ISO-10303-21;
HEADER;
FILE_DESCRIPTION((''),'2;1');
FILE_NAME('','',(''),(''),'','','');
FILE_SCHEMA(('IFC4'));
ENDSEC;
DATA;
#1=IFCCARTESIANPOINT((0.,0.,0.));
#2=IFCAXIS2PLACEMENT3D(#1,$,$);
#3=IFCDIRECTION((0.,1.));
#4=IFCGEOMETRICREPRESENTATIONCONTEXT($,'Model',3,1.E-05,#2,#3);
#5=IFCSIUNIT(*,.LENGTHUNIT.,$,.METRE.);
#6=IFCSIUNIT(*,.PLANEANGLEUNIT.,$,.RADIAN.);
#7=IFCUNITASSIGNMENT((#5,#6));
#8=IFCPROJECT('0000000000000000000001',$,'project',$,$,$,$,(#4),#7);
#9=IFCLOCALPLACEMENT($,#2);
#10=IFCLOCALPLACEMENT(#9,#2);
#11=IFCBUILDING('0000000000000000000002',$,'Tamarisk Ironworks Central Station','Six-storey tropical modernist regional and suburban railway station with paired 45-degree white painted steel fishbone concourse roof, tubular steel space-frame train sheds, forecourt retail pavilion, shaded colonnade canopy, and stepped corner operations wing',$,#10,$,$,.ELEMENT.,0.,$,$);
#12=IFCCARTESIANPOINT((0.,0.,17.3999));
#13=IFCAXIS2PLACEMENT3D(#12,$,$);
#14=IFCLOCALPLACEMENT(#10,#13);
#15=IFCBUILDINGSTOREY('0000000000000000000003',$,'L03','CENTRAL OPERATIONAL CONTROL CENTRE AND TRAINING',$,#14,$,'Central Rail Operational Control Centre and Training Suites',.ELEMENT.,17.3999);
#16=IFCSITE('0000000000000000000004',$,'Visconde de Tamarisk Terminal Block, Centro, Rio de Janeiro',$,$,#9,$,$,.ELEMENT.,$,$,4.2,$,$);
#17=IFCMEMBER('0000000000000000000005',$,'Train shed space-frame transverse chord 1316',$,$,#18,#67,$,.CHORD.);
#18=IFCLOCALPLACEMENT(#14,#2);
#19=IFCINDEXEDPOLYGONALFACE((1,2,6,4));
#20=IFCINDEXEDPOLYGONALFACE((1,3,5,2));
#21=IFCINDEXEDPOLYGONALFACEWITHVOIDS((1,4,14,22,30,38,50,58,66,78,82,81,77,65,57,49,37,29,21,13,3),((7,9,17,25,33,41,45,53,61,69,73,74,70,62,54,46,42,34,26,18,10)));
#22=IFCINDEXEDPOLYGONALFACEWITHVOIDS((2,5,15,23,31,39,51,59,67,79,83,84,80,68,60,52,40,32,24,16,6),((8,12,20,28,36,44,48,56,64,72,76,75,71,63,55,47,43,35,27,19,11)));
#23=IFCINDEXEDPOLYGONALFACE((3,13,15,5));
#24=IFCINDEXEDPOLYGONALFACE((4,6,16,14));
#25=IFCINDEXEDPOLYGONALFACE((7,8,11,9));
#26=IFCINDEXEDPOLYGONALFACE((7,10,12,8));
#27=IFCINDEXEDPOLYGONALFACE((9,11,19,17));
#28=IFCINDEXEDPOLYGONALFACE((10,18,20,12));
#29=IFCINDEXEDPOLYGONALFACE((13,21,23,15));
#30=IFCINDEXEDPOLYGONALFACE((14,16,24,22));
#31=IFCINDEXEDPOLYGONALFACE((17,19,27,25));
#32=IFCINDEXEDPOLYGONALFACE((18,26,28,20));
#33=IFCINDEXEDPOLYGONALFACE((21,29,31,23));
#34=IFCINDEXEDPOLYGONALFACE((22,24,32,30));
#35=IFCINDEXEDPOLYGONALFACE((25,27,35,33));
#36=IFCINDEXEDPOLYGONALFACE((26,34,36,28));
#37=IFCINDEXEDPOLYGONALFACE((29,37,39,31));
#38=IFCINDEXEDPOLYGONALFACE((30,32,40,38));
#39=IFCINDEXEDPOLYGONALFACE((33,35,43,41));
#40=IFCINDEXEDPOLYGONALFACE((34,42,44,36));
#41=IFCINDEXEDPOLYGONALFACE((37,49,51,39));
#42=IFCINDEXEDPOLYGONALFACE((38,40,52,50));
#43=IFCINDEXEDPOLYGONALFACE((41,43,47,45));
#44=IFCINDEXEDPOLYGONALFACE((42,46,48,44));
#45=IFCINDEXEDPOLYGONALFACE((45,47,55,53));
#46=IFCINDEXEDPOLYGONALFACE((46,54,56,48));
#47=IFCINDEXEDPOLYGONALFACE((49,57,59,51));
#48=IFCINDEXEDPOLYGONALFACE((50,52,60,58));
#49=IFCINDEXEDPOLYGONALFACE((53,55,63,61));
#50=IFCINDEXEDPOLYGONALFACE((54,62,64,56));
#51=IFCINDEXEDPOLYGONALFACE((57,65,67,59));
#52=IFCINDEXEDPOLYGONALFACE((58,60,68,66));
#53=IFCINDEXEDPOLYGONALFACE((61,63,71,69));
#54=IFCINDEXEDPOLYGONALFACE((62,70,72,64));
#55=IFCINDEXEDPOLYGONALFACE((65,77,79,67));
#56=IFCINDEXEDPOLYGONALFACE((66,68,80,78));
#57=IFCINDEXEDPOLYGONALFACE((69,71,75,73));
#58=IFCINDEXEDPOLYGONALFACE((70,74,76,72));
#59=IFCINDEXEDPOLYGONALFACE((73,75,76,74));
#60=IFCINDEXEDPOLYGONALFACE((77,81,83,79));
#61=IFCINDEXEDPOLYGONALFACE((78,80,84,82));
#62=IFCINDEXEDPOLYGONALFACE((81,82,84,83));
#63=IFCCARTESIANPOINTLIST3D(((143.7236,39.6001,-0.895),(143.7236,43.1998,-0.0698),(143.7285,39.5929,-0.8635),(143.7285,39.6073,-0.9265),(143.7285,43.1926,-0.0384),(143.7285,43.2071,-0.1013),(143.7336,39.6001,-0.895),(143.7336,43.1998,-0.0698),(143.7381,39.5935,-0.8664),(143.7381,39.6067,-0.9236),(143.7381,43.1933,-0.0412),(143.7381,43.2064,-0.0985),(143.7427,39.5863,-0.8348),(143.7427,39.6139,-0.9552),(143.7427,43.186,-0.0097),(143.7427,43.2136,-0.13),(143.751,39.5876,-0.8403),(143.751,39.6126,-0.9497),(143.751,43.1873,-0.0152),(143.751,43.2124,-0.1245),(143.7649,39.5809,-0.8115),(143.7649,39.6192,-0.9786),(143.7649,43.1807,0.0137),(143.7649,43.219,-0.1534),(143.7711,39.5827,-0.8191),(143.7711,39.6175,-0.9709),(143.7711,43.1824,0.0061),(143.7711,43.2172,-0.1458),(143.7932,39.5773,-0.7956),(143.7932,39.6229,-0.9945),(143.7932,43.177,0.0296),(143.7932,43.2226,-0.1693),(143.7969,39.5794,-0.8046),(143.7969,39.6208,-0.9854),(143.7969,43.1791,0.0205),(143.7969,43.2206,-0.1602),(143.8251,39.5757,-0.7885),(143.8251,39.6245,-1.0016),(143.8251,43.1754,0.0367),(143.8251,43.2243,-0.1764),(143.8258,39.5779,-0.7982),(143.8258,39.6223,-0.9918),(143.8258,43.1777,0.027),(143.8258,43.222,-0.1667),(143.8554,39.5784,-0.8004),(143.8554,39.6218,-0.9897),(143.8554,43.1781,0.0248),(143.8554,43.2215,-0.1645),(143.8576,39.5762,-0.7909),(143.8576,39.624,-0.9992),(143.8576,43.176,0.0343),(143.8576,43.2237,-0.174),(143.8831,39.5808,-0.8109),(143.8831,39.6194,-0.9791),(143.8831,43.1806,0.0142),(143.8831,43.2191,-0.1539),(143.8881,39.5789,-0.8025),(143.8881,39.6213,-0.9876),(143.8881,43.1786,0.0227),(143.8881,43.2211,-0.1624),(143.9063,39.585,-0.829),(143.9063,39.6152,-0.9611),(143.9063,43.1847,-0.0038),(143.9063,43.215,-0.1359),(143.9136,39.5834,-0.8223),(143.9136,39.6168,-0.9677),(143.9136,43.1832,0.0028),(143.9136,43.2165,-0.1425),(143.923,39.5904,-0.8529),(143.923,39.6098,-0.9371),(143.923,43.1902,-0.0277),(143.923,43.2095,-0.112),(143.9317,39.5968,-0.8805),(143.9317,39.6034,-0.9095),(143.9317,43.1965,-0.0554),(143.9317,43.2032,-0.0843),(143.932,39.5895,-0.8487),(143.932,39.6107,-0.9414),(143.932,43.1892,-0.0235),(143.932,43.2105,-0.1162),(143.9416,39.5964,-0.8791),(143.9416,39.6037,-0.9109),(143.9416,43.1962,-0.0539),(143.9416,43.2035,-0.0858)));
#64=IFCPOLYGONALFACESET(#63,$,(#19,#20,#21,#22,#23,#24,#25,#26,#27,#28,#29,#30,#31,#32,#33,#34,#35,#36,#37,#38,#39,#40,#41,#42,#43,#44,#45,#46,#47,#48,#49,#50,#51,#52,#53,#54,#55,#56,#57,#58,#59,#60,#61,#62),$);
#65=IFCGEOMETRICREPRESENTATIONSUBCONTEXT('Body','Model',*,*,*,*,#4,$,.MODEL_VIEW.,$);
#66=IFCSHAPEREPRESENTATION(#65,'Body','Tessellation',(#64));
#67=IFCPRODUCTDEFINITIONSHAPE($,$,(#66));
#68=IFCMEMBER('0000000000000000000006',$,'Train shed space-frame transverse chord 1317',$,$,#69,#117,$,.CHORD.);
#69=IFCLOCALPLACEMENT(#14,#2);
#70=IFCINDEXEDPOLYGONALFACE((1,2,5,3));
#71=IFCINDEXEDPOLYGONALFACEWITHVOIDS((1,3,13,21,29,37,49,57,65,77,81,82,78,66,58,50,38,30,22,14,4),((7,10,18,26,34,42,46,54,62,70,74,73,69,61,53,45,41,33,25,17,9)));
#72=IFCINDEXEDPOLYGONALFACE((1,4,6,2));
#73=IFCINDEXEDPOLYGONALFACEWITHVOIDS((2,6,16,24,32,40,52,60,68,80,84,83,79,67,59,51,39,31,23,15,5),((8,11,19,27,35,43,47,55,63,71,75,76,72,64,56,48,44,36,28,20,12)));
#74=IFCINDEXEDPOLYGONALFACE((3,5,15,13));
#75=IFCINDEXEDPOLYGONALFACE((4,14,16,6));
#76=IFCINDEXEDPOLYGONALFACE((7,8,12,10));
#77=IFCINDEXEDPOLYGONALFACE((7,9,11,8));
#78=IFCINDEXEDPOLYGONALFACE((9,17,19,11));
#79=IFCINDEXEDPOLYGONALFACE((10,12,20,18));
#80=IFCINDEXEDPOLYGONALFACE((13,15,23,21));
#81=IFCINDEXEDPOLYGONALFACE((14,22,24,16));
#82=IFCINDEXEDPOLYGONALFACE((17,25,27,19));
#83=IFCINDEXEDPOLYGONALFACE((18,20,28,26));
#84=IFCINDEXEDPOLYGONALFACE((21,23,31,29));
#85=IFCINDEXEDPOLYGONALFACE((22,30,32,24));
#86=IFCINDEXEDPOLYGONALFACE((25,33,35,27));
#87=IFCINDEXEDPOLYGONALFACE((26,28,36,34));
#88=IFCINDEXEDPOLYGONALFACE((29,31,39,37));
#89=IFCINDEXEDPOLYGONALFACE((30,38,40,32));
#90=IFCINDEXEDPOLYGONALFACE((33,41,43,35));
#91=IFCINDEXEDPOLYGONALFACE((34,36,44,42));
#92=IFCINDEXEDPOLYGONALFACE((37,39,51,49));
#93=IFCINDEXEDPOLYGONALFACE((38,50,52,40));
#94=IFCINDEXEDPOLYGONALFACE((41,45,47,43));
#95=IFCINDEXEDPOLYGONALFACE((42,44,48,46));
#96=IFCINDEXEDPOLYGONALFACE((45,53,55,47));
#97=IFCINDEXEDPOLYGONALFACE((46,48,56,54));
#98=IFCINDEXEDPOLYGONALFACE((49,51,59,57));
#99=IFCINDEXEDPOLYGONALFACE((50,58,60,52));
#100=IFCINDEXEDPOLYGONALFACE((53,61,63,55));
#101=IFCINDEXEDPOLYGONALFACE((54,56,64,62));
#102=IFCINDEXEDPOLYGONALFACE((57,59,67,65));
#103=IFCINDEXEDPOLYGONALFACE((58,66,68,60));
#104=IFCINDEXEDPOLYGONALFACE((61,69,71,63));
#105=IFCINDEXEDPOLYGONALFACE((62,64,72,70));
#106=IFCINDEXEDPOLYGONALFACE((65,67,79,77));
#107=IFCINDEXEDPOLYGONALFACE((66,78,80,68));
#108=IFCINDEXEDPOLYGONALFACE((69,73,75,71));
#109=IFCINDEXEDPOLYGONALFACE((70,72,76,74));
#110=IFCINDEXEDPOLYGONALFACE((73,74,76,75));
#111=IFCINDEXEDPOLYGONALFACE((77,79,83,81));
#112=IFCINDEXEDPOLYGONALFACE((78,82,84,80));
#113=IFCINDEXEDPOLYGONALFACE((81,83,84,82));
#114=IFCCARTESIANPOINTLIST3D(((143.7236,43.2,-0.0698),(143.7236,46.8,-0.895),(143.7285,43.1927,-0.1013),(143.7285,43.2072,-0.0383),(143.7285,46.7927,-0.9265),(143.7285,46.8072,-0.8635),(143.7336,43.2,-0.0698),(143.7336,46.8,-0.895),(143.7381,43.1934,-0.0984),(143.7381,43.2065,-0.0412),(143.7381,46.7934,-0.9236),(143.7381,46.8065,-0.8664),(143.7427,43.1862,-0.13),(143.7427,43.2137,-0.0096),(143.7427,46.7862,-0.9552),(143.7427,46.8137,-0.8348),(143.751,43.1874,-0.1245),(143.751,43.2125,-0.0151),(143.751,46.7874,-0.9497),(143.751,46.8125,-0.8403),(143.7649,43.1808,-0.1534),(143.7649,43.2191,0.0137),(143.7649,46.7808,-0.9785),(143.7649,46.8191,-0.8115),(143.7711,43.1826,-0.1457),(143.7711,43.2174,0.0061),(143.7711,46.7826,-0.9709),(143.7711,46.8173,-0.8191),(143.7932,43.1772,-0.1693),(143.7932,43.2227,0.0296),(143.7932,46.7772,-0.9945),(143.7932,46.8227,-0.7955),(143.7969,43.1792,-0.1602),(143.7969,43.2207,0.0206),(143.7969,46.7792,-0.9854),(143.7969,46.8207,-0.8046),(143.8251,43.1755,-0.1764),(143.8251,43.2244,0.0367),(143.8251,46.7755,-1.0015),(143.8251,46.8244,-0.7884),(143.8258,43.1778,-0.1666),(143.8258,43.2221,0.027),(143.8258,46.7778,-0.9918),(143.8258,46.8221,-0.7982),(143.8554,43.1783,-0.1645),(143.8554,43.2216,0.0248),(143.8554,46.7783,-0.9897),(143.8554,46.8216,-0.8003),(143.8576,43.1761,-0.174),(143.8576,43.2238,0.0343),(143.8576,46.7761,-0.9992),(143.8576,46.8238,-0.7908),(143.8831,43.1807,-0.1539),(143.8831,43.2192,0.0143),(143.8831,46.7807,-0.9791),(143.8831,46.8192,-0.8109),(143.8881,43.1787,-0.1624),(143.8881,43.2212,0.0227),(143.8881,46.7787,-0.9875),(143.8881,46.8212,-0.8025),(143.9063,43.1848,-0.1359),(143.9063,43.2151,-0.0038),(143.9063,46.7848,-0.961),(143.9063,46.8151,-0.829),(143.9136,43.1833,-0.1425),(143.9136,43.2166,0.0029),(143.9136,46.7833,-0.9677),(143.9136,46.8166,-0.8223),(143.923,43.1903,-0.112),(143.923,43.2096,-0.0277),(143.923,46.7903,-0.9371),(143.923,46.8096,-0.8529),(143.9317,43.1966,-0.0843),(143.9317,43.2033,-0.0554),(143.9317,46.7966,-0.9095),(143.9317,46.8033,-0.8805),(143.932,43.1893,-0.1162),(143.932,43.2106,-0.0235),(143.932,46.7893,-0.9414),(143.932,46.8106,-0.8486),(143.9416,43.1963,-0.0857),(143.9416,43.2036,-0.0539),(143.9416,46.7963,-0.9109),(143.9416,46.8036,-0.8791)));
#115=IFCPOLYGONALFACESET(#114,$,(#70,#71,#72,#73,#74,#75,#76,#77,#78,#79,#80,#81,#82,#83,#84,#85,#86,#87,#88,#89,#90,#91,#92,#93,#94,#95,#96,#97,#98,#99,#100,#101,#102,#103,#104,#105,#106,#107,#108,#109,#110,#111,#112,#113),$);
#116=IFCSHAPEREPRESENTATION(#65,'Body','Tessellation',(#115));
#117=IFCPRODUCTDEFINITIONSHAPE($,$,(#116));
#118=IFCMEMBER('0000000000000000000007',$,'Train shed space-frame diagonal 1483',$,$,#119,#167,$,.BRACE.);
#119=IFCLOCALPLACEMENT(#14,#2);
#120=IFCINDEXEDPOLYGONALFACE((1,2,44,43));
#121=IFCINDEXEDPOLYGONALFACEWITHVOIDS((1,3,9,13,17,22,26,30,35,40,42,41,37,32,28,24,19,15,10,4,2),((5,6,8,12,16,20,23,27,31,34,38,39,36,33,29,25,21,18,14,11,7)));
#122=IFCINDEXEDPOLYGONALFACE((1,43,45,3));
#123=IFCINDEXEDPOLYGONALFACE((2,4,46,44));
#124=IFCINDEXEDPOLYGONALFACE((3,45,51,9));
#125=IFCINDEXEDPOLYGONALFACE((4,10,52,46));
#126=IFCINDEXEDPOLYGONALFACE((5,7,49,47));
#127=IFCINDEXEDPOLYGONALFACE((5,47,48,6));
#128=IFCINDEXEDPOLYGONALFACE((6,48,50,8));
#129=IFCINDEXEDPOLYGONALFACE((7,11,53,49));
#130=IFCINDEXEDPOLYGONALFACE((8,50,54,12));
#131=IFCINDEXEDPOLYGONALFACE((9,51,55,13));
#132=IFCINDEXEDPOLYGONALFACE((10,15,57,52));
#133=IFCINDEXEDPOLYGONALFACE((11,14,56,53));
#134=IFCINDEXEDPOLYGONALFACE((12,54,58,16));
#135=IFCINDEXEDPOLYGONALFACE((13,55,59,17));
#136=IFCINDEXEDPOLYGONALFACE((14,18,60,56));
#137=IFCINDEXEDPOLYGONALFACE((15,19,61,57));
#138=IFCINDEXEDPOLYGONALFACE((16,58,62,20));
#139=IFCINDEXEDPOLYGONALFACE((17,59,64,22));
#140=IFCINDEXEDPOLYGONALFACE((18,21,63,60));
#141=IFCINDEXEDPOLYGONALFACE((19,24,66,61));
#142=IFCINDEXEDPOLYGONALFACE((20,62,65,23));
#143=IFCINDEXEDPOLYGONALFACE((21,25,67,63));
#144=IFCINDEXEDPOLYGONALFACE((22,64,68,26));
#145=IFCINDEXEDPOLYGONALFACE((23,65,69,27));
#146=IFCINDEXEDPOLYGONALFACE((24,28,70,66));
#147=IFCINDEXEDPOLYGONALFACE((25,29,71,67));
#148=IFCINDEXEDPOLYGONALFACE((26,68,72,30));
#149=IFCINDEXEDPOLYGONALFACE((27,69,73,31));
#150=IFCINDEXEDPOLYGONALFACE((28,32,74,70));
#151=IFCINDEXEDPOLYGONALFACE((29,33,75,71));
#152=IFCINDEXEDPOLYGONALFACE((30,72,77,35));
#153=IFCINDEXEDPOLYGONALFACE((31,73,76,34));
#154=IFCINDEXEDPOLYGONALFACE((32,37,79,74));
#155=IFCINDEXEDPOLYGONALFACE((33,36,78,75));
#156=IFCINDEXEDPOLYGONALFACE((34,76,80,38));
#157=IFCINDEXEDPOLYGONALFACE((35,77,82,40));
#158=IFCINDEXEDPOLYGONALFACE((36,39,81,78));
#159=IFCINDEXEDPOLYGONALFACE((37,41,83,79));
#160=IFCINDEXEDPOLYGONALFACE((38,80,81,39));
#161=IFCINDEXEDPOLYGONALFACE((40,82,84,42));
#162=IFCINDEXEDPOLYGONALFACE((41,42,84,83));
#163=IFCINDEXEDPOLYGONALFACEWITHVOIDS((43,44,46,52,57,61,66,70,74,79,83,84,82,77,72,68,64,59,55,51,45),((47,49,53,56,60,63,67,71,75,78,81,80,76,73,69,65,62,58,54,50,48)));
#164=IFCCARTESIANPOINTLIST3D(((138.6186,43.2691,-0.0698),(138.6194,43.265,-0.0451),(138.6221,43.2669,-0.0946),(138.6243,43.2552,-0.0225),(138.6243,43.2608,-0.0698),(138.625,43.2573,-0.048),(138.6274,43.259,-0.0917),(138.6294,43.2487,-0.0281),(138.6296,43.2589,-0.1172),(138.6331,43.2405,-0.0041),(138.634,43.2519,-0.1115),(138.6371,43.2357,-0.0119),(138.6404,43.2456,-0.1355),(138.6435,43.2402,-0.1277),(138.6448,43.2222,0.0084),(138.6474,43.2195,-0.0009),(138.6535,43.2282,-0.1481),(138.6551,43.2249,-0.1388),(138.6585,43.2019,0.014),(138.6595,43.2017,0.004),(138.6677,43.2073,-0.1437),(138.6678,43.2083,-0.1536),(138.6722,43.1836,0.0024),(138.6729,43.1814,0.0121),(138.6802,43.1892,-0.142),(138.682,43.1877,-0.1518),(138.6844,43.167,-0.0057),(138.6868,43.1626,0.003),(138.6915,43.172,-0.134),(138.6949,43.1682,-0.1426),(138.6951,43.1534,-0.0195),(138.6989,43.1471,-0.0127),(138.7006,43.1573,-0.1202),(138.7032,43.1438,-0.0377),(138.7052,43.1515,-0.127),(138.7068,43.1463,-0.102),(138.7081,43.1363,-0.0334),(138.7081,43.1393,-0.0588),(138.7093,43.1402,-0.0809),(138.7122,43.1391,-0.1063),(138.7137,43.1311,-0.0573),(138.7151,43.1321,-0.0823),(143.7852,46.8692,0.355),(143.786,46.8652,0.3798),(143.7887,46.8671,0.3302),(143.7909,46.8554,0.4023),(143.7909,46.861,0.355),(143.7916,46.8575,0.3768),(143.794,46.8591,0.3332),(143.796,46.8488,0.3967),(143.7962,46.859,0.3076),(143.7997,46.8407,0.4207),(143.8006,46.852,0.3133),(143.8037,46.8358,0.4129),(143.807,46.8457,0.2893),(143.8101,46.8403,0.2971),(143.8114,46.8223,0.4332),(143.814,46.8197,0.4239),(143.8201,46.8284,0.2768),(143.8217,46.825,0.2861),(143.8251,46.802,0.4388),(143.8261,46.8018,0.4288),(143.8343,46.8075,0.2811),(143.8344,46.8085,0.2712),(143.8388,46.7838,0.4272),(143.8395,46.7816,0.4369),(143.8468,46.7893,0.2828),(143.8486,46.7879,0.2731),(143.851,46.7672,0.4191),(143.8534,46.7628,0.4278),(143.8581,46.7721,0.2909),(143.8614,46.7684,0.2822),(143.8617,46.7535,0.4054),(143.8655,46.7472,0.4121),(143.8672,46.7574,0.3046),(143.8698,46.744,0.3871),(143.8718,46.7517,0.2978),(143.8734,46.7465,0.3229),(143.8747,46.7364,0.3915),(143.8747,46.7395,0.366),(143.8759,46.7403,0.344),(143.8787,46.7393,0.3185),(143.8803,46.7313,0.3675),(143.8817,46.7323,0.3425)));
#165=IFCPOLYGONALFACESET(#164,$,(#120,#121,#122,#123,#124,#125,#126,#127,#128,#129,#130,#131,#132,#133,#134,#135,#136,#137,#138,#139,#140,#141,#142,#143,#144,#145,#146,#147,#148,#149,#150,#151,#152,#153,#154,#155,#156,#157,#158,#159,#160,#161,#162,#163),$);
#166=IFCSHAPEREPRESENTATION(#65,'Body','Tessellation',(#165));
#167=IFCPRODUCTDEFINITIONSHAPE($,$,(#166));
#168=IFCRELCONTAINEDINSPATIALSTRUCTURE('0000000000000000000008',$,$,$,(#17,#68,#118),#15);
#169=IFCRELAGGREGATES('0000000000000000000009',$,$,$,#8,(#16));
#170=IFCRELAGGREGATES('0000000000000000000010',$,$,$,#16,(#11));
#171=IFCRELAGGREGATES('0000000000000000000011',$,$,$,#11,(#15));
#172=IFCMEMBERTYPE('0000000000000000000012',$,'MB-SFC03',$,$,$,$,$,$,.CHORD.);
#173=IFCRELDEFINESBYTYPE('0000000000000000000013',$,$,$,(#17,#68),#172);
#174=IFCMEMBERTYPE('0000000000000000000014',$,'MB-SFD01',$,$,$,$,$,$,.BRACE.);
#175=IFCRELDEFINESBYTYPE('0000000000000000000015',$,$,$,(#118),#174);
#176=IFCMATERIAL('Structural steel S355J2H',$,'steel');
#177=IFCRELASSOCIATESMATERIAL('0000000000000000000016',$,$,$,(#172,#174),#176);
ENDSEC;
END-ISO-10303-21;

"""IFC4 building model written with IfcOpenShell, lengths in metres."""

from ifc_helpers import new_model, si_unit, direction, frame, origin, origin_2d, place, context, subcontext, project, spatial, hollow_circle, extrude, material, material_profile, profile_set, type_object, element, save


model = new_model("IFC4")

# Units and contexts
model_context = context("Model", 3, precision=1e-05, world=origin(), true_north=direction((0.0, 1.0)))
body_context = subcontext(model_context, "Body", "Model", "MODEL_VIEW")
ifc_project = project(units=[si_unit("LENGTHUNIT", "METRE"), si_unit("PLANEANGLEUNIT", "RADIAN")], contexts=[model_context])

# Site, building, storey
site_placement = place(None, origin())
site = spatial("IfcSite", under=ifc_project, at=site_placement, Name="Visconde de Tamarisk Terminal Block, Centro, Rio de Janeiro", CompositionType="ELEMENT", RefElevation=4.2)
building_placement = place(site_placement, origin())
building = spatial("IfcBuilding", under=site, at=building_placement, Name="Tamarisk Ironworks Central Station", Description="Six-storey tropical modernist regional and suburban railway station with paired 45-degree white painted steel fishbone concourse roof, tubular steel space-frame train sheds, forecourt retail pavilion, shaded colonnade canopy, and stepped corner operations wing", CompositionType="ELEMENT", ElevationOfRefHeight=0.0)
storey_placement = place(building_placement, frame((0.0, 0.0, 17.3999)))
storey = spatial("IfcBuildingStorey", under=building, at=storey_placement, Name="L03", Description="CENTRAL OPERATIONAL CONTROL CENTRE AND TRAINING", LongName="Central Rail Operational Control Centre and Training Suites", CompositionType="ELEMENT", Elevation=17.3999)

# Members
ifc_material_1 = material(Name="Structural steel S355J2H", Category="steel")
ifc_material_profile_1 = material_profile(ifc_material_1, hollow_circle(Radius=0.1096, WallThickness=0.01, at=origin_2d()), Name="CHS 219.1x10")
ifc_profile_set_1 = profile_set([ifc_material_profile_1], Name="Structural steel S355J2H")
member_type_1 = type_object("IfcMemberType", Name="MB-SFC03", PredefinedType="CHORD", material=ifc_profile_set_1)
member_1_placement = place(storey_placement, frame((143.8333, 39.6001, -0.895), z_axis=(0.0, 0.974719, 0.223435), x_axis=(-1.0, 0.0, 0.0)))
element("IfcMember", 1, at=member_1_placement, inside=storey, type_object=member_type_1, Name="Train shed space-frame transverse chord 1316", PredefinedType="CHORD", context=body_context, shape_type="SweptSolid", body=[
    extrude(hollow_circle(Radius=0.1096, WallThickness=0.01, at=origin_2d()), origin(), (0.0, 0.0, 1.0), 3.6931),
])
member_2_placement = place(storey_placement, frame((143.8333, 43.2, -0.0698), z_axis=(0.0, 0.974722, -0.223421), x_axis=(-1.0, 0.0, 0.0)))
element("IfcMember", 2, at=member_2_placement, inside=storey, type_object=member_type_1, Name="Train shed space-frame transverse chord 1317", PredefinedType="CHORD", context=body_context, shape_type="SweptSolid", body=[
    extrude(hollow_circle(Radius=0.1096, WallThickness=0.01, at=origin_2d()), origin(), (0.0, 0.0, 1.0), 3.6934),
])
ifc_material_profile_2 = material_profile(ifc_material_1, hollow_circle(Radius=0.0842, WallThickness=0.01, at=origin_2d()), Name="CHS 168.3x10")
ifc_profile_set_2 = profile_set([ifc_material_profile_2], Name="Structural steel S355J2H")
member_type_2 = type_object("IfcMemberType", Name="MB-SFD01", PredefinedType="BRACE", material=ifc_profile_set_2)
member_3_placement = place(storey_placement, frame((138.6667, 43.2, -0.0698), z_axis=(0.818597, 0.570411, 0.067307), x_axis=(-0.571707, 0.820458, 0.0)))
element("IfcMember", 3, at=member_3_placement, inside=storey, type_object=member_type_2, Name="Train shed space-frame diagonal 1483", PredefinedType="BRACE", context=body_context, shape_type="SweptSolid", body=[
    extrude(hollow_circle(Radius=0.0842, WallThickness=0.01, at=origin_2d()), origin(), (0.0, 0.0, 1.0), 6.3115),
])

save(model, "model.ifc")
